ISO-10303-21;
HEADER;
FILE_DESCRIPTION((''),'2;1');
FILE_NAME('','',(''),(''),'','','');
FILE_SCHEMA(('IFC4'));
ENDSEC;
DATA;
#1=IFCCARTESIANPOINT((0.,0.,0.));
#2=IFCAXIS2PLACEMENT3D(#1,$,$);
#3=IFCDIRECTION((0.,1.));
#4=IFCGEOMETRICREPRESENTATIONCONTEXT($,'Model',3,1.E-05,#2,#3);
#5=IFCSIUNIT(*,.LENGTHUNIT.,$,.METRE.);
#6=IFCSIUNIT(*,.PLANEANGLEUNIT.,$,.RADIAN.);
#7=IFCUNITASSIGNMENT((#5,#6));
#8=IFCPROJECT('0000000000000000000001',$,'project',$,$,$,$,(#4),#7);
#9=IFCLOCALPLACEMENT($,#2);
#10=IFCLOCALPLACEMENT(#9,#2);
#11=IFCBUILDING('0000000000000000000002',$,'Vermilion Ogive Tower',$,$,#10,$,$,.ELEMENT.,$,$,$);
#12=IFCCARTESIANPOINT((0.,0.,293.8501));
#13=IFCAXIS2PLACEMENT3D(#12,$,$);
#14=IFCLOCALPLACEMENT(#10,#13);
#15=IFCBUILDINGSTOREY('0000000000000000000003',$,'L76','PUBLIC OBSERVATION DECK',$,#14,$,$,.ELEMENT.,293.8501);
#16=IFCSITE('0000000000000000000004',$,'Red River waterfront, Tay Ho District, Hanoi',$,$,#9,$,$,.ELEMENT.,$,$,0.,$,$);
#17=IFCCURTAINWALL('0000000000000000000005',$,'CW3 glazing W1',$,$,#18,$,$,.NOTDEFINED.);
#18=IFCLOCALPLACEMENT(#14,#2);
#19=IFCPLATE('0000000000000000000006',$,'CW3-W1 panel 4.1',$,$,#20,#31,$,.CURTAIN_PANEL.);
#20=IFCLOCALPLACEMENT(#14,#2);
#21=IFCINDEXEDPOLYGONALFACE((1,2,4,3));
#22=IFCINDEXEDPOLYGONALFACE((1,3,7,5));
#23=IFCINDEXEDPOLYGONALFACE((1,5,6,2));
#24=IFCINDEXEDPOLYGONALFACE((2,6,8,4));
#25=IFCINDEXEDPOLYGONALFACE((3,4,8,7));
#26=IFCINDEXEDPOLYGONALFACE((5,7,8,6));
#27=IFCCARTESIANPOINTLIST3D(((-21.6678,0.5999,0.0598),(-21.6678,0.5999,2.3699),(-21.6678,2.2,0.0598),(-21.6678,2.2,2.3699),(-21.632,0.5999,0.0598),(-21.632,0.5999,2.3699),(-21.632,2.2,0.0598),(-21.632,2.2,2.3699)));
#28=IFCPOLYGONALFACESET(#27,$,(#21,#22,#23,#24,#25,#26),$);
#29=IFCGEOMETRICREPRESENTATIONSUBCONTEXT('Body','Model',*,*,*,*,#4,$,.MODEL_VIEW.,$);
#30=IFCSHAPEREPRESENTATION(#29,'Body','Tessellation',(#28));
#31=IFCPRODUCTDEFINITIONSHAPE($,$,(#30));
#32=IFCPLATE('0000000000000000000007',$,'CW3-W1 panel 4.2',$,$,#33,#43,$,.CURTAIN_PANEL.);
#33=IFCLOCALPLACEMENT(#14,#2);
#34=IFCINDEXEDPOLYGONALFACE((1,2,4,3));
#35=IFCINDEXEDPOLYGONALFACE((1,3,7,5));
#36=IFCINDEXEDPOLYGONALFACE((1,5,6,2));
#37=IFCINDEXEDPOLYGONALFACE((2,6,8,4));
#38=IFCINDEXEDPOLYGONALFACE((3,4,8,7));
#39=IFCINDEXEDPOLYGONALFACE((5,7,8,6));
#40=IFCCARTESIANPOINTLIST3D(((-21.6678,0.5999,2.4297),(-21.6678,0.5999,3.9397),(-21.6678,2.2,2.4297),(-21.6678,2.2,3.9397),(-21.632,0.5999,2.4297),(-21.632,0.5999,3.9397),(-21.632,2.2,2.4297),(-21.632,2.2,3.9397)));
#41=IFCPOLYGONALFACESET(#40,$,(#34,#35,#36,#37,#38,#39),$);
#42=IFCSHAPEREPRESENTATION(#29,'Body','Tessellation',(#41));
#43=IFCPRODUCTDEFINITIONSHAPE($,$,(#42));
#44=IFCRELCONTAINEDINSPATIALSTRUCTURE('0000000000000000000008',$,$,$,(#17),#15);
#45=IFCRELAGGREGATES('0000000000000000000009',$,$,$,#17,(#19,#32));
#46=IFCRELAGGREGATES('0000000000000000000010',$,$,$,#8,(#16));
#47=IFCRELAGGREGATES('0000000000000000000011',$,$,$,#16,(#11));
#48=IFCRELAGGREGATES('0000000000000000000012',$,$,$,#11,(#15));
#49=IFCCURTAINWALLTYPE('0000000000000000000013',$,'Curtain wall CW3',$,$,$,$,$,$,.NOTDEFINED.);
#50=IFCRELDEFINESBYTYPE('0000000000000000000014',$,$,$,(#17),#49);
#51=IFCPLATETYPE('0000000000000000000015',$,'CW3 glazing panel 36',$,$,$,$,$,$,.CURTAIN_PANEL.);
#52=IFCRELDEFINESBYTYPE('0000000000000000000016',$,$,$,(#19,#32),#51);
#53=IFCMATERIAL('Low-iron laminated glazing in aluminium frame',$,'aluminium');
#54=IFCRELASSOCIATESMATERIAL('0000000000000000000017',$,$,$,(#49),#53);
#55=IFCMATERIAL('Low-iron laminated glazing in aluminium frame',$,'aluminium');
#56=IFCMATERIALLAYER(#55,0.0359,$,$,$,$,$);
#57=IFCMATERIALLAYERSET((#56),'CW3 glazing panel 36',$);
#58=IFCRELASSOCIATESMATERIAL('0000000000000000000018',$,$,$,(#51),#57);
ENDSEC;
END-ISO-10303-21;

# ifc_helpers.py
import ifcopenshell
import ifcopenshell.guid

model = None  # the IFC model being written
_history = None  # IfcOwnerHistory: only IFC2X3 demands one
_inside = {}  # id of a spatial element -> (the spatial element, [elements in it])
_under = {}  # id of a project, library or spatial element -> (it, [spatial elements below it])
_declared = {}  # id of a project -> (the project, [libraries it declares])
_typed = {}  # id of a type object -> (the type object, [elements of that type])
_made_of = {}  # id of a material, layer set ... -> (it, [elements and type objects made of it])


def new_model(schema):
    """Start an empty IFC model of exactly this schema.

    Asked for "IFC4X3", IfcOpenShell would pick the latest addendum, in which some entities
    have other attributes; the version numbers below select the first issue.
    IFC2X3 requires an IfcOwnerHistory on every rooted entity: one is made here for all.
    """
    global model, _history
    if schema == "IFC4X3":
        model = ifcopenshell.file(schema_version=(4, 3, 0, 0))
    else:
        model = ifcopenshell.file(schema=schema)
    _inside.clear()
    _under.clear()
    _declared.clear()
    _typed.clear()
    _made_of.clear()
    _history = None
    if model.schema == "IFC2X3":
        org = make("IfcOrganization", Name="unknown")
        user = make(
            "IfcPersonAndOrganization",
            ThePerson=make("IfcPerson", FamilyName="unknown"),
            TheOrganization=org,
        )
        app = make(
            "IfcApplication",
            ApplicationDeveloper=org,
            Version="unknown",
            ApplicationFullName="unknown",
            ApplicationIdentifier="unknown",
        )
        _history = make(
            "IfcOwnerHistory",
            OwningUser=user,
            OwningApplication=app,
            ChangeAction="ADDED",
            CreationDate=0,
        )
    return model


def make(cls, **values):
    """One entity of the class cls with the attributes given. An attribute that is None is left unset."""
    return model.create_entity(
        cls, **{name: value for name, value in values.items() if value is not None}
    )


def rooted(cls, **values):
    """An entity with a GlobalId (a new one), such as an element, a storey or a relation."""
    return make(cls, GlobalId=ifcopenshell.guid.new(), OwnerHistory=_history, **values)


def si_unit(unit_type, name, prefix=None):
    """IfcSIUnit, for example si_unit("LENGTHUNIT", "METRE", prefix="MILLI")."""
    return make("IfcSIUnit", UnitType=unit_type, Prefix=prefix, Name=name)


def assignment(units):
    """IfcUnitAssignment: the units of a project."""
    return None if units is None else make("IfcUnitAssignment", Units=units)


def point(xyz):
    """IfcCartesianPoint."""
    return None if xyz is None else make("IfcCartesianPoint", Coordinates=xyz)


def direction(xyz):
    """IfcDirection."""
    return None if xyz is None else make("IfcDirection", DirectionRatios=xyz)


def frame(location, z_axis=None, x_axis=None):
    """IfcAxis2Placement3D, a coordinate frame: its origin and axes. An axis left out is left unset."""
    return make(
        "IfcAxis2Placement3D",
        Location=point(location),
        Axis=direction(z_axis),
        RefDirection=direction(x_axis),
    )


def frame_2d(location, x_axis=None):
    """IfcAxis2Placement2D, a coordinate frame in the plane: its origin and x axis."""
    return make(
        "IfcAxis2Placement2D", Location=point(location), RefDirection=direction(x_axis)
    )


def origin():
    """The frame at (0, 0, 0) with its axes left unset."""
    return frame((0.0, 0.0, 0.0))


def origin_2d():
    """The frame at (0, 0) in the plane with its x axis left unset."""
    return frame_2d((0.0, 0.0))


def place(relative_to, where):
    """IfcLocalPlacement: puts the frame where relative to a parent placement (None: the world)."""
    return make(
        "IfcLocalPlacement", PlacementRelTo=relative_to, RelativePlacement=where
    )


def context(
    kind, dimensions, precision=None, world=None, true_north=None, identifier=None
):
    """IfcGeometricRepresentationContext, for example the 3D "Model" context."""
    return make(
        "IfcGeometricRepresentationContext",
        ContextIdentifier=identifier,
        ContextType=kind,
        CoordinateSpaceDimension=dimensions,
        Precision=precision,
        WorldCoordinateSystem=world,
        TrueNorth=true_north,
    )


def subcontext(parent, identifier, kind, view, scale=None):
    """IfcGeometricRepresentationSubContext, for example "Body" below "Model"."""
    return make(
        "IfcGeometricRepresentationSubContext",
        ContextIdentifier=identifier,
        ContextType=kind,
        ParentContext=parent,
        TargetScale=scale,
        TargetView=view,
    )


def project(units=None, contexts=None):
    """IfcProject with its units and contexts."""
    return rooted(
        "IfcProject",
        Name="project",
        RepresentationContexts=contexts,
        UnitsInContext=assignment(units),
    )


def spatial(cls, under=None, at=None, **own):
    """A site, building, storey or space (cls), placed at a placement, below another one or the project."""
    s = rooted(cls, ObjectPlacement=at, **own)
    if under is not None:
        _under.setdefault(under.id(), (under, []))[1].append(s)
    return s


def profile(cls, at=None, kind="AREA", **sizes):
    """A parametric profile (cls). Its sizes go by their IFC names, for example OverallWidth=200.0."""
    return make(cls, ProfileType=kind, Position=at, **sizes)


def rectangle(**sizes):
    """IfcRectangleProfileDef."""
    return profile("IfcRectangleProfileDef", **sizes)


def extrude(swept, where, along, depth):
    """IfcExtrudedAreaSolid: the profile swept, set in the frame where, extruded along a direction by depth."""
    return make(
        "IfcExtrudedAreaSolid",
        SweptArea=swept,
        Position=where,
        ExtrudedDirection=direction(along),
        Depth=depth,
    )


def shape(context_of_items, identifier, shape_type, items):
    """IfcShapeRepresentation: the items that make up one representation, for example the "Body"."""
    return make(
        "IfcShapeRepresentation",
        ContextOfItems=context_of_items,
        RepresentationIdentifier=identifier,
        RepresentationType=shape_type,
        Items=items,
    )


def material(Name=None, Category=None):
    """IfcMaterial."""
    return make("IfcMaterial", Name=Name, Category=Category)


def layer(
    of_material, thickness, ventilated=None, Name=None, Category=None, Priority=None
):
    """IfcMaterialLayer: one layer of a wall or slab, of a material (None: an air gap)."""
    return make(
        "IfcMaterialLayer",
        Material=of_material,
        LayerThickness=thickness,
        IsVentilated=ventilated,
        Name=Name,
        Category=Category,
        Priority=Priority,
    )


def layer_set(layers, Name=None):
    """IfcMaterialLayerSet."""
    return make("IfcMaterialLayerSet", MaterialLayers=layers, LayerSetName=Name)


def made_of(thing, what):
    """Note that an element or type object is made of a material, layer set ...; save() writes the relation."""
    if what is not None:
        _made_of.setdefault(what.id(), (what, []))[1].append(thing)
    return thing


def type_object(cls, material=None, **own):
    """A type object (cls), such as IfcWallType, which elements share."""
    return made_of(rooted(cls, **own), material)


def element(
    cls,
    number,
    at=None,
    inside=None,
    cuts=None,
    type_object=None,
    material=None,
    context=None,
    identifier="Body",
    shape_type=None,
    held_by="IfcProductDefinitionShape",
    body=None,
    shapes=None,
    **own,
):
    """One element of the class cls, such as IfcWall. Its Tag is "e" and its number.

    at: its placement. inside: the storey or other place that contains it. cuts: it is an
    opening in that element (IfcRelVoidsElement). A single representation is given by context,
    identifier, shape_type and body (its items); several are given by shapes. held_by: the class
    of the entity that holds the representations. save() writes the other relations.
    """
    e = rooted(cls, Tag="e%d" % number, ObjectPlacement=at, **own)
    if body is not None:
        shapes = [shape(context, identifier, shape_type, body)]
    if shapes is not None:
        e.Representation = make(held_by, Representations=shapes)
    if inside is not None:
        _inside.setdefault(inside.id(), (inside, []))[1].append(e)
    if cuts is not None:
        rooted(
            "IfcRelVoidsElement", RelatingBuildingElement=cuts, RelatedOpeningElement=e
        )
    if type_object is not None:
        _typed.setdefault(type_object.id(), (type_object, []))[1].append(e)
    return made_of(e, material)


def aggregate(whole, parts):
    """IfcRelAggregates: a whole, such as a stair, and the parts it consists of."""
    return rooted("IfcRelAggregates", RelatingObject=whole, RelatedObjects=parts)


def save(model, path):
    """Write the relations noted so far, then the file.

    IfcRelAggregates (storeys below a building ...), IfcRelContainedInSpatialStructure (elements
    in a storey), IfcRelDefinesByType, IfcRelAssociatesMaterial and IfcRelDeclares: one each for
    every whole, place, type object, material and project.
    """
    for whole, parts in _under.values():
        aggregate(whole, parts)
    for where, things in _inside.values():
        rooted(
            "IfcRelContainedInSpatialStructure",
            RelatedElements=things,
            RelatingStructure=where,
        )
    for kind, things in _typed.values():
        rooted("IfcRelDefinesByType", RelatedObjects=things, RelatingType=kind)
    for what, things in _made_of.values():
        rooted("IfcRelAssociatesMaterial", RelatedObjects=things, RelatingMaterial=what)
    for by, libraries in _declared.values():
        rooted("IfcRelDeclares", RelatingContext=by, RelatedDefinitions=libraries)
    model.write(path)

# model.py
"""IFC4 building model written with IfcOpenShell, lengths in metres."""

from ifc_helpers import new_model, si_unit, direction, frame, origin, origin_2d, place, context, subcontext, project, spatial, rectangle, extrude, material, layer, layer_set, type_object, element, aggregate, save


model = new_model("IFC4")

# Units and contexts
model_context = context("Model", 3, precision=1e-05, world=origin(), true_north=direction((0.0, 1.0)))
body_context = subcontext(model_context, "Body", "Model", "MODEL_VIEW")
ifc_project = project(units=[si_unit("LENGTHUNIT", "METRE"), si_unit("PLANEANGLEUNIT", "RADIAN")], contexts=[model_context])

# Site, building, storey
site_placement = place(None, origin())
site = spatial("IfcSite", under=ifc_project, at=site_placement, Name="Red River waterfront, Tay Ho District, Hanoi", CompositionType="ELEMENT", RefElevation=0.0)
building_placement = place(site_placement, origin())
building = spatial("IfcBuilding", under=site, at=building_placement, Name="Vermilion Ogive Tower", CompositionType="ELEMENT")
storey_placement = place(building_placement, frame((0.0, 0.0, 293.8501)))
storey = spatial("IfcBuildingStorey", under=building, at=storey_placement, Name="L76", Description="PUBLIC OBSERVATION DECK", CompositionType="ELEMENT", Elevation=293.8501)

# Curtain wall, plates
ifc_material_1 = material(Name="Low-iron laminated glazing in aluminium frame", Category="aluminium")
curtain_wall_type = type_object("IfcCurtainWallType", Name="Curtain wall CW3", PredefinedType="NOTDEFINED", material=ifc_material_1)
curtain_wall_placement = place(storey_placement, origin())
curtain_wall = element("IfcCurtainWall", 1, at=curtain_wall_placement, inside=storey, type_object=curtain_wall_type, Name="CW3 glazing W1", PredefinedType="NOTDEFINED")
ifc_material_2 = material(Name="Low-iron laminated glazing in aluminium frame", Category="aluminium")
ifc_layer = layer(ifc_material_2, 0.0359)
ifc_layer_set = layer_set([ifc_layer], Name="CW3 glazing panel 36")
plate_type = type_object("IfcPlateType", Name="CW3 glazing panel 36", PredefinedType="CURTAIN_PANEL", material=ifc_layer_set)
plate_1_placement = place(storey_placement, frame((-21.6499, 1.3999, 0.0598), z_axis=(0.0, 0.0, 1.0), x_axis=(0.0, -1.0, 0.0)))
plate_1 = element("IfcPlate", 2, at=plate_1_placement, type_object=plate_type, Name="CW3-W1 panel 4.1", PredefinedType="CURTAIN_PANEL", context=body_context, shape_type="SweptSolid", body=[
    extrude(rectangle(XDim=1.6001, YDim=0.0359, at=origin_2d()), origin(), (0.0, 0.0, 1.0), 2.3101),
])
plate_2_placement = place(storey_placement, frame((-21.6499, 1.3999, 2.4297), z_axis=(0.0, 0.0, 1.0), x_axis=(0.0, -1.0, 0.0)))
plate_2 = element("IfcPlate", 3, at=plate_2_placement, type_object=plate_type, Name="CW3-W1 panel 4.2", PredefinedType="CURTAIN_PANEL", context=body_context, shape_type="SweptSolid", body=[
    extrude(rectangle(XDim=1.6001, YDim=0.0359, at=origin_2d()), origin(), (0.0, 0.0, 1.0), 1.51),
])
aggregate(curtain_wall, [plate_1, plate_2])

save(model, "model.ifc")
